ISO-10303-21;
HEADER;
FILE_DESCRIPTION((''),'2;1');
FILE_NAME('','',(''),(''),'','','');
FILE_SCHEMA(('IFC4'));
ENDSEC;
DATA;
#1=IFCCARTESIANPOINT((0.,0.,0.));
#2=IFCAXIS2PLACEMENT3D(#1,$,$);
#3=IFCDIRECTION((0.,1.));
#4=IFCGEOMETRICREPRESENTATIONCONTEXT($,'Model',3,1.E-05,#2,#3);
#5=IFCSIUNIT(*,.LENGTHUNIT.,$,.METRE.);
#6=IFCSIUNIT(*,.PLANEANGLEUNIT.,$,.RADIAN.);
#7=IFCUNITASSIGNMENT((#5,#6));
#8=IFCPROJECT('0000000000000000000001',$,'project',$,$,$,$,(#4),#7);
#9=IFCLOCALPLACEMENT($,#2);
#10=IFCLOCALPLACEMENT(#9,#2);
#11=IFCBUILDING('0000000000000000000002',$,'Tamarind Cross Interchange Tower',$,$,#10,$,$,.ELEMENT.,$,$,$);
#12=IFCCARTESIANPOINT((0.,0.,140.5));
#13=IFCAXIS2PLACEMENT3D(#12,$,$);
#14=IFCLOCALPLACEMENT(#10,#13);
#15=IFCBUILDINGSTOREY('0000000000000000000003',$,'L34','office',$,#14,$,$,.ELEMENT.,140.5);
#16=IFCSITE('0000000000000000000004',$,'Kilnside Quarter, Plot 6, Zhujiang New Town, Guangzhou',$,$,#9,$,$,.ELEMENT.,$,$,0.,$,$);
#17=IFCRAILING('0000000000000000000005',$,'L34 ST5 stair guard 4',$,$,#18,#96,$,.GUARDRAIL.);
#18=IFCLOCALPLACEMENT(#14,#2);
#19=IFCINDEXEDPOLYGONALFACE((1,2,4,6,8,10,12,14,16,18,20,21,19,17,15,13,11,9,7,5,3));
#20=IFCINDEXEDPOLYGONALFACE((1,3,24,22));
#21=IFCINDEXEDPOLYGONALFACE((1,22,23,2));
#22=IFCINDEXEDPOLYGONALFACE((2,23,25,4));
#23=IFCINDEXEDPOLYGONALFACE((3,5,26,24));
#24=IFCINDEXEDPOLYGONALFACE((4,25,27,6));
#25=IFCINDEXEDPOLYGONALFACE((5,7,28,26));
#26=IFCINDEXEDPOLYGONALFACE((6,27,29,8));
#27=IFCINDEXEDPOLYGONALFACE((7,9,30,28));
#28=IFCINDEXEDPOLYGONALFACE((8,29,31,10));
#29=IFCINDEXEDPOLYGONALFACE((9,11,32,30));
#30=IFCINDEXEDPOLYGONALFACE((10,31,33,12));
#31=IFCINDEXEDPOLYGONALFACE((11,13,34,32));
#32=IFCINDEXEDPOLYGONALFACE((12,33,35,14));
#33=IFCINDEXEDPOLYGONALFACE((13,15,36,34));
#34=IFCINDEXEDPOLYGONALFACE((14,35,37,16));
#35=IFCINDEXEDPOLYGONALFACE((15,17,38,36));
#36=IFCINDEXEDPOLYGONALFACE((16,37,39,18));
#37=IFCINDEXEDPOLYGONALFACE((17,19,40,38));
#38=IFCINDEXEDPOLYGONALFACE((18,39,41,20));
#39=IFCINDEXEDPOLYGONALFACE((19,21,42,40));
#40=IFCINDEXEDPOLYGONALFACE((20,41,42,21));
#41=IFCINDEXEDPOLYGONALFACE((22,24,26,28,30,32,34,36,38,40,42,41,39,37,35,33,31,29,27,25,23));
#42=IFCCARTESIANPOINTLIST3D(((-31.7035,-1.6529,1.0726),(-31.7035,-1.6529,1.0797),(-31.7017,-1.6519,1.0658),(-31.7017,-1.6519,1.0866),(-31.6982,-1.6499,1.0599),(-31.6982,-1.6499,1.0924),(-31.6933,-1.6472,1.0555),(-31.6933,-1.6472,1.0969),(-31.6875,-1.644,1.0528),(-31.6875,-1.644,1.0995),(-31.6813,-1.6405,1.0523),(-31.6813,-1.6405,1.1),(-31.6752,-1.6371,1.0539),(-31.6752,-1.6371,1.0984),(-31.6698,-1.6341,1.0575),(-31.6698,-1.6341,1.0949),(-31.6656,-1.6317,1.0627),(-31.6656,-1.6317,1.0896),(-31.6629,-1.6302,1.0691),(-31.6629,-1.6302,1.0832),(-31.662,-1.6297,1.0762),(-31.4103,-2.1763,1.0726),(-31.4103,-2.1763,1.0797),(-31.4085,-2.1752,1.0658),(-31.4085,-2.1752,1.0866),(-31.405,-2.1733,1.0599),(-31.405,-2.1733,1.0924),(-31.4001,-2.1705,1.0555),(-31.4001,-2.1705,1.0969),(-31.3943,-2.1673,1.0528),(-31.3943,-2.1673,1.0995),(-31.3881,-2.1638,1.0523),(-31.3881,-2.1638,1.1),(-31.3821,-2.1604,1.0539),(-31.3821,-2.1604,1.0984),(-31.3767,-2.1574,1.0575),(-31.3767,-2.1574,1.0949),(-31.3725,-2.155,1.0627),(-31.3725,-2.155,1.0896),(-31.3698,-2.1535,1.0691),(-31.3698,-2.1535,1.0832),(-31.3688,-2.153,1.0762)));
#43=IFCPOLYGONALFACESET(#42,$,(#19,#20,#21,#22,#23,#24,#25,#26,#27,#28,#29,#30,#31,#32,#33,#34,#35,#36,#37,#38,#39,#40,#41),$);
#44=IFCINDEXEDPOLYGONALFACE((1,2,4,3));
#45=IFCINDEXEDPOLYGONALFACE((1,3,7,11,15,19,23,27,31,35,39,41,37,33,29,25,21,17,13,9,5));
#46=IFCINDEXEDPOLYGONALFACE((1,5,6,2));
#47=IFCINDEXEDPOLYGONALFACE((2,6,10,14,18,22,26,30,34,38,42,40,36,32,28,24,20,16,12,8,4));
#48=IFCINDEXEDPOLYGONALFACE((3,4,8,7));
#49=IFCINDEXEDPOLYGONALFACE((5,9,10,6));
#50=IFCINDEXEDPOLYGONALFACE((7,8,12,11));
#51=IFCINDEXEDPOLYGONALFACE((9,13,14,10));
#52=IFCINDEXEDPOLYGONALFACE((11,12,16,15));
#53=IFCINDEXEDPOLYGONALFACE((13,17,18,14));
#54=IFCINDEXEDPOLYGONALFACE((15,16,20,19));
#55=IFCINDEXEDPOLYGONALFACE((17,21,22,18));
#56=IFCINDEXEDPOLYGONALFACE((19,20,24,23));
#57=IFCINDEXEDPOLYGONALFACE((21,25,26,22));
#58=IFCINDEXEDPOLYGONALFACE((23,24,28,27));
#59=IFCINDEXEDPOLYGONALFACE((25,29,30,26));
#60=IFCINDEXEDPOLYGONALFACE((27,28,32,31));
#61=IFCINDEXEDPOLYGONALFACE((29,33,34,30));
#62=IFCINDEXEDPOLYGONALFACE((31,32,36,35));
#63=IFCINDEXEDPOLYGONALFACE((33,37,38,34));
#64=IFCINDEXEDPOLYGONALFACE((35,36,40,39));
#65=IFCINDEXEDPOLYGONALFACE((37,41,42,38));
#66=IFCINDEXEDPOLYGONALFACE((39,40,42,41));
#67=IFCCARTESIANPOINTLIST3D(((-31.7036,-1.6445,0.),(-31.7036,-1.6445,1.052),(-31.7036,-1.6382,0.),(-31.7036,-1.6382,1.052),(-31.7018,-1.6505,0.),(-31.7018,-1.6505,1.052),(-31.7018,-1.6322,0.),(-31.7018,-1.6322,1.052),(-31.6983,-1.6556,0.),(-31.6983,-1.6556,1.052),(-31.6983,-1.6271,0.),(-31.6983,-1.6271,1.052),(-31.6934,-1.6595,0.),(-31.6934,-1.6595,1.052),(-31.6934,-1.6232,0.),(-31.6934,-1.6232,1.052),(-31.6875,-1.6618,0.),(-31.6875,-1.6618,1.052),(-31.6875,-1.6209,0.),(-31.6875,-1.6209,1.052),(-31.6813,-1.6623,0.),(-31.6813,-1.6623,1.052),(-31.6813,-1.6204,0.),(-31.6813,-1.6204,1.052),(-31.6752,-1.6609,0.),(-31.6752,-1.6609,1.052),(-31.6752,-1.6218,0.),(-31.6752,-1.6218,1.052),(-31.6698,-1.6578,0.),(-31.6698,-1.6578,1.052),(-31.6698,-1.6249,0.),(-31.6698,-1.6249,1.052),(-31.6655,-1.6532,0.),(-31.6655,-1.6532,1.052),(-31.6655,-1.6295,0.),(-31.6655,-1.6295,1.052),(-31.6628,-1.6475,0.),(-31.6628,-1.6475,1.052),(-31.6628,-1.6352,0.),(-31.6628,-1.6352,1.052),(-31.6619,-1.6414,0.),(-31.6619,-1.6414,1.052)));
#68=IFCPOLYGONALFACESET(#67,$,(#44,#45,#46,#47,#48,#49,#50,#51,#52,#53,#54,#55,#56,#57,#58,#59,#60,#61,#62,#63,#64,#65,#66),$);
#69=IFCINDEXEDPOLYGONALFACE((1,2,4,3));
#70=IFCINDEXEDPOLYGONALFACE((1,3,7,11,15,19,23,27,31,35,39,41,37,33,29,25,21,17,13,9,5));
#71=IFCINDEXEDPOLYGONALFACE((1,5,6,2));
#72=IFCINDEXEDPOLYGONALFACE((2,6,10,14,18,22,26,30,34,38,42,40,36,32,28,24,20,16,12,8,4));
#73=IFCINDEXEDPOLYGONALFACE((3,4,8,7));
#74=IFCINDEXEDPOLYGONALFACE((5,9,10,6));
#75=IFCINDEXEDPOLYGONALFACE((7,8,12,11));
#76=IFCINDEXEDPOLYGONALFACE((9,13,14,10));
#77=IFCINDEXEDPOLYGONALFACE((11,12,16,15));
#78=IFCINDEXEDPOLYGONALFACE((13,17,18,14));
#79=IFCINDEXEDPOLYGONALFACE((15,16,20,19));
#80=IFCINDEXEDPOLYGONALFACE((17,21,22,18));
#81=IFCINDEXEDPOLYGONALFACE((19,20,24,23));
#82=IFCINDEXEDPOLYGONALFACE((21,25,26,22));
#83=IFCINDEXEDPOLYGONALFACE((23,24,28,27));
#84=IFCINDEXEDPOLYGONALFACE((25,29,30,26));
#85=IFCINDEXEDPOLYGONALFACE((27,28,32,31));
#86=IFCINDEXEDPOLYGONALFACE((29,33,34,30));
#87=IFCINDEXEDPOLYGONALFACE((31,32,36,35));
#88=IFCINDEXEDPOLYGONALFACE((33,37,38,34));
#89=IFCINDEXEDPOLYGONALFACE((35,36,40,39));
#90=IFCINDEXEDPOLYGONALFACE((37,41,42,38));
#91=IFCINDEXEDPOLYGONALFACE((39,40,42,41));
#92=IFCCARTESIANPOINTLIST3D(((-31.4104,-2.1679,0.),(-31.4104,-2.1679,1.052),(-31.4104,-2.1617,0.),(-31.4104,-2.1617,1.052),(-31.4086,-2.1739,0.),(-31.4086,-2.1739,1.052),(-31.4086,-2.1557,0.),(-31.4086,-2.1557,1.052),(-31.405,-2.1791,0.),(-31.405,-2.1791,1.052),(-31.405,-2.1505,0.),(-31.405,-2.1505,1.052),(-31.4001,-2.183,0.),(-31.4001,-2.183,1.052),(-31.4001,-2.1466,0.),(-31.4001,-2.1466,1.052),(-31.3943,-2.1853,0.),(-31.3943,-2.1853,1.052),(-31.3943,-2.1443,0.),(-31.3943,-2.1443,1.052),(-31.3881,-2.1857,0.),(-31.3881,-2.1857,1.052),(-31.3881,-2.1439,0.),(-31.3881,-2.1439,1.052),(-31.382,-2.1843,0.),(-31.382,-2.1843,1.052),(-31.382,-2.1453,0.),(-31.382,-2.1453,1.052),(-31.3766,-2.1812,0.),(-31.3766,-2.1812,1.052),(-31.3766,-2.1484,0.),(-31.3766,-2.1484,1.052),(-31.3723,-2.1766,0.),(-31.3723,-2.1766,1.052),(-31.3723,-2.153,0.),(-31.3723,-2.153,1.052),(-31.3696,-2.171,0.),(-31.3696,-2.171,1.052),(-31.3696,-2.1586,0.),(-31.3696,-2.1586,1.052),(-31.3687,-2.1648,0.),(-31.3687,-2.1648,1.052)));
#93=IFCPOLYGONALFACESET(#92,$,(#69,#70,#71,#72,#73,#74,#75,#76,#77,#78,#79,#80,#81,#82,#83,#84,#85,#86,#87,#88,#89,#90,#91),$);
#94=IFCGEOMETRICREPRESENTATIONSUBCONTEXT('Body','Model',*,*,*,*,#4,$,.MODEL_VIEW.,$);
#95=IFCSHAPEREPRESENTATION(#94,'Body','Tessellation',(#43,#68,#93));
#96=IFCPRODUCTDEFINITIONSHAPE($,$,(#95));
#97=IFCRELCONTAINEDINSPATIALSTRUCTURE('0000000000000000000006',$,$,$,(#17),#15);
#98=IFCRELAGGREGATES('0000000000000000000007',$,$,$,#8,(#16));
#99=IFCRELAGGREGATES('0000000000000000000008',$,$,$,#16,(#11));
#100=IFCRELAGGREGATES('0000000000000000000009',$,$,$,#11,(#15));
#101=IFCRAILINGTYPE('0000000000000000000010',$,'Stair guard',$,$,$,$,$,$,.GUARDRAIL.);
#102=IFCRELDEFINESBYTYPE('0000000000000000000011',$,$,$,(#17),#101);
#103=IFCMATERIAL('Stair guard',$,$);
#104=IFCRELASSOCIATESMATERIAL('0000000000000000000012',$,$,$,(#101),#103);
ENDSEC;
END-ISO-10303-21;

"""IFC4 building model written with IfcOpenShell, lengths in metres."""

from ifc_helpers import new_model, si_unit, direction, frame, origin, origin_2d, place, context, subcontext, project, spatial, circle, extrude, material, type_object, element, save


model = new_model("IFC4")

# Units and contexts
model_context = context("Model", 3, precision=1e-05, world=origin(), true_north=direction((0.0, 1.0)))
body_context = subcontext(model_context, "Body", "Model", "MODEL_VIEW")
ifc_project = project(units=[si_unit("LENGTHUNIT", "METRE"), si_unit("PLANEANGLEUNIT", "RADIAN")], contexts=[model_context])

# Site, building, storey
site_placement = place(None, origin())
site = spatial("IfcSite", under=ifc_project, at=site_placement, Name="Kilnside Quarter, Plot 6, Zhujiang New Town, Guangzhou", CompositionType="ELEMENT", RefElevation=0.0)
building_placement = place(site_placement, origin())
building = spatial("IfcBuilding", under=site, at=building_placement, Name="Tamarind Cross Interchange Tower", CompositionType="ELEMENT")
storey_placement = place(building_placement, frame((0.0, 0.0, 140.5)))
storey = spatial("IfcBuildingStorey", under=building, at=storey_placement, Name="L34", Description="office", CompositionType="ELEMENT", Elevation=140.5)

# Railing
ifc_material_1 = material(Name="Stair guard")
railing_type_1 = type_object("IfcRailingType", Name="Stair guard", PredefinedType="GUARDRAIL", material=ifc_material_1)
railing_1_placement = place(storey_placement, frame((-31.6829, -1.6414, 0.0)))
element("IfcRailing", 1, at=railing_1_placement, inside=storey, type_object=railing_type_1, Name="L34 ST5 stair guard 4", PredefinedType="GUARDRAIL", context=body_context, shape_type="SweptSolid", body=[
    extrude(circle(Radius=0.0239, at=origin_2d()), frame((0.0, 0.0, 1.0762), z_axis=(0.488715, -0.872444, 0.0), x_axis=(0.872444, 0.488715, 0.0)), (0.0, 0.0, 1.0), 0.5999),
    extrude(circle(Radius=0.021, at=origin_2d()), origin(), (0.0, 0.0, 1.0), 1.052),
    extrude(circle(Radius=0.021, at=origin_2d()), frame((0.2932, -0.5234, 0.0)), (0.0, 0.0, 1.0), 1.052),
])

save(model, "model.ifc")
